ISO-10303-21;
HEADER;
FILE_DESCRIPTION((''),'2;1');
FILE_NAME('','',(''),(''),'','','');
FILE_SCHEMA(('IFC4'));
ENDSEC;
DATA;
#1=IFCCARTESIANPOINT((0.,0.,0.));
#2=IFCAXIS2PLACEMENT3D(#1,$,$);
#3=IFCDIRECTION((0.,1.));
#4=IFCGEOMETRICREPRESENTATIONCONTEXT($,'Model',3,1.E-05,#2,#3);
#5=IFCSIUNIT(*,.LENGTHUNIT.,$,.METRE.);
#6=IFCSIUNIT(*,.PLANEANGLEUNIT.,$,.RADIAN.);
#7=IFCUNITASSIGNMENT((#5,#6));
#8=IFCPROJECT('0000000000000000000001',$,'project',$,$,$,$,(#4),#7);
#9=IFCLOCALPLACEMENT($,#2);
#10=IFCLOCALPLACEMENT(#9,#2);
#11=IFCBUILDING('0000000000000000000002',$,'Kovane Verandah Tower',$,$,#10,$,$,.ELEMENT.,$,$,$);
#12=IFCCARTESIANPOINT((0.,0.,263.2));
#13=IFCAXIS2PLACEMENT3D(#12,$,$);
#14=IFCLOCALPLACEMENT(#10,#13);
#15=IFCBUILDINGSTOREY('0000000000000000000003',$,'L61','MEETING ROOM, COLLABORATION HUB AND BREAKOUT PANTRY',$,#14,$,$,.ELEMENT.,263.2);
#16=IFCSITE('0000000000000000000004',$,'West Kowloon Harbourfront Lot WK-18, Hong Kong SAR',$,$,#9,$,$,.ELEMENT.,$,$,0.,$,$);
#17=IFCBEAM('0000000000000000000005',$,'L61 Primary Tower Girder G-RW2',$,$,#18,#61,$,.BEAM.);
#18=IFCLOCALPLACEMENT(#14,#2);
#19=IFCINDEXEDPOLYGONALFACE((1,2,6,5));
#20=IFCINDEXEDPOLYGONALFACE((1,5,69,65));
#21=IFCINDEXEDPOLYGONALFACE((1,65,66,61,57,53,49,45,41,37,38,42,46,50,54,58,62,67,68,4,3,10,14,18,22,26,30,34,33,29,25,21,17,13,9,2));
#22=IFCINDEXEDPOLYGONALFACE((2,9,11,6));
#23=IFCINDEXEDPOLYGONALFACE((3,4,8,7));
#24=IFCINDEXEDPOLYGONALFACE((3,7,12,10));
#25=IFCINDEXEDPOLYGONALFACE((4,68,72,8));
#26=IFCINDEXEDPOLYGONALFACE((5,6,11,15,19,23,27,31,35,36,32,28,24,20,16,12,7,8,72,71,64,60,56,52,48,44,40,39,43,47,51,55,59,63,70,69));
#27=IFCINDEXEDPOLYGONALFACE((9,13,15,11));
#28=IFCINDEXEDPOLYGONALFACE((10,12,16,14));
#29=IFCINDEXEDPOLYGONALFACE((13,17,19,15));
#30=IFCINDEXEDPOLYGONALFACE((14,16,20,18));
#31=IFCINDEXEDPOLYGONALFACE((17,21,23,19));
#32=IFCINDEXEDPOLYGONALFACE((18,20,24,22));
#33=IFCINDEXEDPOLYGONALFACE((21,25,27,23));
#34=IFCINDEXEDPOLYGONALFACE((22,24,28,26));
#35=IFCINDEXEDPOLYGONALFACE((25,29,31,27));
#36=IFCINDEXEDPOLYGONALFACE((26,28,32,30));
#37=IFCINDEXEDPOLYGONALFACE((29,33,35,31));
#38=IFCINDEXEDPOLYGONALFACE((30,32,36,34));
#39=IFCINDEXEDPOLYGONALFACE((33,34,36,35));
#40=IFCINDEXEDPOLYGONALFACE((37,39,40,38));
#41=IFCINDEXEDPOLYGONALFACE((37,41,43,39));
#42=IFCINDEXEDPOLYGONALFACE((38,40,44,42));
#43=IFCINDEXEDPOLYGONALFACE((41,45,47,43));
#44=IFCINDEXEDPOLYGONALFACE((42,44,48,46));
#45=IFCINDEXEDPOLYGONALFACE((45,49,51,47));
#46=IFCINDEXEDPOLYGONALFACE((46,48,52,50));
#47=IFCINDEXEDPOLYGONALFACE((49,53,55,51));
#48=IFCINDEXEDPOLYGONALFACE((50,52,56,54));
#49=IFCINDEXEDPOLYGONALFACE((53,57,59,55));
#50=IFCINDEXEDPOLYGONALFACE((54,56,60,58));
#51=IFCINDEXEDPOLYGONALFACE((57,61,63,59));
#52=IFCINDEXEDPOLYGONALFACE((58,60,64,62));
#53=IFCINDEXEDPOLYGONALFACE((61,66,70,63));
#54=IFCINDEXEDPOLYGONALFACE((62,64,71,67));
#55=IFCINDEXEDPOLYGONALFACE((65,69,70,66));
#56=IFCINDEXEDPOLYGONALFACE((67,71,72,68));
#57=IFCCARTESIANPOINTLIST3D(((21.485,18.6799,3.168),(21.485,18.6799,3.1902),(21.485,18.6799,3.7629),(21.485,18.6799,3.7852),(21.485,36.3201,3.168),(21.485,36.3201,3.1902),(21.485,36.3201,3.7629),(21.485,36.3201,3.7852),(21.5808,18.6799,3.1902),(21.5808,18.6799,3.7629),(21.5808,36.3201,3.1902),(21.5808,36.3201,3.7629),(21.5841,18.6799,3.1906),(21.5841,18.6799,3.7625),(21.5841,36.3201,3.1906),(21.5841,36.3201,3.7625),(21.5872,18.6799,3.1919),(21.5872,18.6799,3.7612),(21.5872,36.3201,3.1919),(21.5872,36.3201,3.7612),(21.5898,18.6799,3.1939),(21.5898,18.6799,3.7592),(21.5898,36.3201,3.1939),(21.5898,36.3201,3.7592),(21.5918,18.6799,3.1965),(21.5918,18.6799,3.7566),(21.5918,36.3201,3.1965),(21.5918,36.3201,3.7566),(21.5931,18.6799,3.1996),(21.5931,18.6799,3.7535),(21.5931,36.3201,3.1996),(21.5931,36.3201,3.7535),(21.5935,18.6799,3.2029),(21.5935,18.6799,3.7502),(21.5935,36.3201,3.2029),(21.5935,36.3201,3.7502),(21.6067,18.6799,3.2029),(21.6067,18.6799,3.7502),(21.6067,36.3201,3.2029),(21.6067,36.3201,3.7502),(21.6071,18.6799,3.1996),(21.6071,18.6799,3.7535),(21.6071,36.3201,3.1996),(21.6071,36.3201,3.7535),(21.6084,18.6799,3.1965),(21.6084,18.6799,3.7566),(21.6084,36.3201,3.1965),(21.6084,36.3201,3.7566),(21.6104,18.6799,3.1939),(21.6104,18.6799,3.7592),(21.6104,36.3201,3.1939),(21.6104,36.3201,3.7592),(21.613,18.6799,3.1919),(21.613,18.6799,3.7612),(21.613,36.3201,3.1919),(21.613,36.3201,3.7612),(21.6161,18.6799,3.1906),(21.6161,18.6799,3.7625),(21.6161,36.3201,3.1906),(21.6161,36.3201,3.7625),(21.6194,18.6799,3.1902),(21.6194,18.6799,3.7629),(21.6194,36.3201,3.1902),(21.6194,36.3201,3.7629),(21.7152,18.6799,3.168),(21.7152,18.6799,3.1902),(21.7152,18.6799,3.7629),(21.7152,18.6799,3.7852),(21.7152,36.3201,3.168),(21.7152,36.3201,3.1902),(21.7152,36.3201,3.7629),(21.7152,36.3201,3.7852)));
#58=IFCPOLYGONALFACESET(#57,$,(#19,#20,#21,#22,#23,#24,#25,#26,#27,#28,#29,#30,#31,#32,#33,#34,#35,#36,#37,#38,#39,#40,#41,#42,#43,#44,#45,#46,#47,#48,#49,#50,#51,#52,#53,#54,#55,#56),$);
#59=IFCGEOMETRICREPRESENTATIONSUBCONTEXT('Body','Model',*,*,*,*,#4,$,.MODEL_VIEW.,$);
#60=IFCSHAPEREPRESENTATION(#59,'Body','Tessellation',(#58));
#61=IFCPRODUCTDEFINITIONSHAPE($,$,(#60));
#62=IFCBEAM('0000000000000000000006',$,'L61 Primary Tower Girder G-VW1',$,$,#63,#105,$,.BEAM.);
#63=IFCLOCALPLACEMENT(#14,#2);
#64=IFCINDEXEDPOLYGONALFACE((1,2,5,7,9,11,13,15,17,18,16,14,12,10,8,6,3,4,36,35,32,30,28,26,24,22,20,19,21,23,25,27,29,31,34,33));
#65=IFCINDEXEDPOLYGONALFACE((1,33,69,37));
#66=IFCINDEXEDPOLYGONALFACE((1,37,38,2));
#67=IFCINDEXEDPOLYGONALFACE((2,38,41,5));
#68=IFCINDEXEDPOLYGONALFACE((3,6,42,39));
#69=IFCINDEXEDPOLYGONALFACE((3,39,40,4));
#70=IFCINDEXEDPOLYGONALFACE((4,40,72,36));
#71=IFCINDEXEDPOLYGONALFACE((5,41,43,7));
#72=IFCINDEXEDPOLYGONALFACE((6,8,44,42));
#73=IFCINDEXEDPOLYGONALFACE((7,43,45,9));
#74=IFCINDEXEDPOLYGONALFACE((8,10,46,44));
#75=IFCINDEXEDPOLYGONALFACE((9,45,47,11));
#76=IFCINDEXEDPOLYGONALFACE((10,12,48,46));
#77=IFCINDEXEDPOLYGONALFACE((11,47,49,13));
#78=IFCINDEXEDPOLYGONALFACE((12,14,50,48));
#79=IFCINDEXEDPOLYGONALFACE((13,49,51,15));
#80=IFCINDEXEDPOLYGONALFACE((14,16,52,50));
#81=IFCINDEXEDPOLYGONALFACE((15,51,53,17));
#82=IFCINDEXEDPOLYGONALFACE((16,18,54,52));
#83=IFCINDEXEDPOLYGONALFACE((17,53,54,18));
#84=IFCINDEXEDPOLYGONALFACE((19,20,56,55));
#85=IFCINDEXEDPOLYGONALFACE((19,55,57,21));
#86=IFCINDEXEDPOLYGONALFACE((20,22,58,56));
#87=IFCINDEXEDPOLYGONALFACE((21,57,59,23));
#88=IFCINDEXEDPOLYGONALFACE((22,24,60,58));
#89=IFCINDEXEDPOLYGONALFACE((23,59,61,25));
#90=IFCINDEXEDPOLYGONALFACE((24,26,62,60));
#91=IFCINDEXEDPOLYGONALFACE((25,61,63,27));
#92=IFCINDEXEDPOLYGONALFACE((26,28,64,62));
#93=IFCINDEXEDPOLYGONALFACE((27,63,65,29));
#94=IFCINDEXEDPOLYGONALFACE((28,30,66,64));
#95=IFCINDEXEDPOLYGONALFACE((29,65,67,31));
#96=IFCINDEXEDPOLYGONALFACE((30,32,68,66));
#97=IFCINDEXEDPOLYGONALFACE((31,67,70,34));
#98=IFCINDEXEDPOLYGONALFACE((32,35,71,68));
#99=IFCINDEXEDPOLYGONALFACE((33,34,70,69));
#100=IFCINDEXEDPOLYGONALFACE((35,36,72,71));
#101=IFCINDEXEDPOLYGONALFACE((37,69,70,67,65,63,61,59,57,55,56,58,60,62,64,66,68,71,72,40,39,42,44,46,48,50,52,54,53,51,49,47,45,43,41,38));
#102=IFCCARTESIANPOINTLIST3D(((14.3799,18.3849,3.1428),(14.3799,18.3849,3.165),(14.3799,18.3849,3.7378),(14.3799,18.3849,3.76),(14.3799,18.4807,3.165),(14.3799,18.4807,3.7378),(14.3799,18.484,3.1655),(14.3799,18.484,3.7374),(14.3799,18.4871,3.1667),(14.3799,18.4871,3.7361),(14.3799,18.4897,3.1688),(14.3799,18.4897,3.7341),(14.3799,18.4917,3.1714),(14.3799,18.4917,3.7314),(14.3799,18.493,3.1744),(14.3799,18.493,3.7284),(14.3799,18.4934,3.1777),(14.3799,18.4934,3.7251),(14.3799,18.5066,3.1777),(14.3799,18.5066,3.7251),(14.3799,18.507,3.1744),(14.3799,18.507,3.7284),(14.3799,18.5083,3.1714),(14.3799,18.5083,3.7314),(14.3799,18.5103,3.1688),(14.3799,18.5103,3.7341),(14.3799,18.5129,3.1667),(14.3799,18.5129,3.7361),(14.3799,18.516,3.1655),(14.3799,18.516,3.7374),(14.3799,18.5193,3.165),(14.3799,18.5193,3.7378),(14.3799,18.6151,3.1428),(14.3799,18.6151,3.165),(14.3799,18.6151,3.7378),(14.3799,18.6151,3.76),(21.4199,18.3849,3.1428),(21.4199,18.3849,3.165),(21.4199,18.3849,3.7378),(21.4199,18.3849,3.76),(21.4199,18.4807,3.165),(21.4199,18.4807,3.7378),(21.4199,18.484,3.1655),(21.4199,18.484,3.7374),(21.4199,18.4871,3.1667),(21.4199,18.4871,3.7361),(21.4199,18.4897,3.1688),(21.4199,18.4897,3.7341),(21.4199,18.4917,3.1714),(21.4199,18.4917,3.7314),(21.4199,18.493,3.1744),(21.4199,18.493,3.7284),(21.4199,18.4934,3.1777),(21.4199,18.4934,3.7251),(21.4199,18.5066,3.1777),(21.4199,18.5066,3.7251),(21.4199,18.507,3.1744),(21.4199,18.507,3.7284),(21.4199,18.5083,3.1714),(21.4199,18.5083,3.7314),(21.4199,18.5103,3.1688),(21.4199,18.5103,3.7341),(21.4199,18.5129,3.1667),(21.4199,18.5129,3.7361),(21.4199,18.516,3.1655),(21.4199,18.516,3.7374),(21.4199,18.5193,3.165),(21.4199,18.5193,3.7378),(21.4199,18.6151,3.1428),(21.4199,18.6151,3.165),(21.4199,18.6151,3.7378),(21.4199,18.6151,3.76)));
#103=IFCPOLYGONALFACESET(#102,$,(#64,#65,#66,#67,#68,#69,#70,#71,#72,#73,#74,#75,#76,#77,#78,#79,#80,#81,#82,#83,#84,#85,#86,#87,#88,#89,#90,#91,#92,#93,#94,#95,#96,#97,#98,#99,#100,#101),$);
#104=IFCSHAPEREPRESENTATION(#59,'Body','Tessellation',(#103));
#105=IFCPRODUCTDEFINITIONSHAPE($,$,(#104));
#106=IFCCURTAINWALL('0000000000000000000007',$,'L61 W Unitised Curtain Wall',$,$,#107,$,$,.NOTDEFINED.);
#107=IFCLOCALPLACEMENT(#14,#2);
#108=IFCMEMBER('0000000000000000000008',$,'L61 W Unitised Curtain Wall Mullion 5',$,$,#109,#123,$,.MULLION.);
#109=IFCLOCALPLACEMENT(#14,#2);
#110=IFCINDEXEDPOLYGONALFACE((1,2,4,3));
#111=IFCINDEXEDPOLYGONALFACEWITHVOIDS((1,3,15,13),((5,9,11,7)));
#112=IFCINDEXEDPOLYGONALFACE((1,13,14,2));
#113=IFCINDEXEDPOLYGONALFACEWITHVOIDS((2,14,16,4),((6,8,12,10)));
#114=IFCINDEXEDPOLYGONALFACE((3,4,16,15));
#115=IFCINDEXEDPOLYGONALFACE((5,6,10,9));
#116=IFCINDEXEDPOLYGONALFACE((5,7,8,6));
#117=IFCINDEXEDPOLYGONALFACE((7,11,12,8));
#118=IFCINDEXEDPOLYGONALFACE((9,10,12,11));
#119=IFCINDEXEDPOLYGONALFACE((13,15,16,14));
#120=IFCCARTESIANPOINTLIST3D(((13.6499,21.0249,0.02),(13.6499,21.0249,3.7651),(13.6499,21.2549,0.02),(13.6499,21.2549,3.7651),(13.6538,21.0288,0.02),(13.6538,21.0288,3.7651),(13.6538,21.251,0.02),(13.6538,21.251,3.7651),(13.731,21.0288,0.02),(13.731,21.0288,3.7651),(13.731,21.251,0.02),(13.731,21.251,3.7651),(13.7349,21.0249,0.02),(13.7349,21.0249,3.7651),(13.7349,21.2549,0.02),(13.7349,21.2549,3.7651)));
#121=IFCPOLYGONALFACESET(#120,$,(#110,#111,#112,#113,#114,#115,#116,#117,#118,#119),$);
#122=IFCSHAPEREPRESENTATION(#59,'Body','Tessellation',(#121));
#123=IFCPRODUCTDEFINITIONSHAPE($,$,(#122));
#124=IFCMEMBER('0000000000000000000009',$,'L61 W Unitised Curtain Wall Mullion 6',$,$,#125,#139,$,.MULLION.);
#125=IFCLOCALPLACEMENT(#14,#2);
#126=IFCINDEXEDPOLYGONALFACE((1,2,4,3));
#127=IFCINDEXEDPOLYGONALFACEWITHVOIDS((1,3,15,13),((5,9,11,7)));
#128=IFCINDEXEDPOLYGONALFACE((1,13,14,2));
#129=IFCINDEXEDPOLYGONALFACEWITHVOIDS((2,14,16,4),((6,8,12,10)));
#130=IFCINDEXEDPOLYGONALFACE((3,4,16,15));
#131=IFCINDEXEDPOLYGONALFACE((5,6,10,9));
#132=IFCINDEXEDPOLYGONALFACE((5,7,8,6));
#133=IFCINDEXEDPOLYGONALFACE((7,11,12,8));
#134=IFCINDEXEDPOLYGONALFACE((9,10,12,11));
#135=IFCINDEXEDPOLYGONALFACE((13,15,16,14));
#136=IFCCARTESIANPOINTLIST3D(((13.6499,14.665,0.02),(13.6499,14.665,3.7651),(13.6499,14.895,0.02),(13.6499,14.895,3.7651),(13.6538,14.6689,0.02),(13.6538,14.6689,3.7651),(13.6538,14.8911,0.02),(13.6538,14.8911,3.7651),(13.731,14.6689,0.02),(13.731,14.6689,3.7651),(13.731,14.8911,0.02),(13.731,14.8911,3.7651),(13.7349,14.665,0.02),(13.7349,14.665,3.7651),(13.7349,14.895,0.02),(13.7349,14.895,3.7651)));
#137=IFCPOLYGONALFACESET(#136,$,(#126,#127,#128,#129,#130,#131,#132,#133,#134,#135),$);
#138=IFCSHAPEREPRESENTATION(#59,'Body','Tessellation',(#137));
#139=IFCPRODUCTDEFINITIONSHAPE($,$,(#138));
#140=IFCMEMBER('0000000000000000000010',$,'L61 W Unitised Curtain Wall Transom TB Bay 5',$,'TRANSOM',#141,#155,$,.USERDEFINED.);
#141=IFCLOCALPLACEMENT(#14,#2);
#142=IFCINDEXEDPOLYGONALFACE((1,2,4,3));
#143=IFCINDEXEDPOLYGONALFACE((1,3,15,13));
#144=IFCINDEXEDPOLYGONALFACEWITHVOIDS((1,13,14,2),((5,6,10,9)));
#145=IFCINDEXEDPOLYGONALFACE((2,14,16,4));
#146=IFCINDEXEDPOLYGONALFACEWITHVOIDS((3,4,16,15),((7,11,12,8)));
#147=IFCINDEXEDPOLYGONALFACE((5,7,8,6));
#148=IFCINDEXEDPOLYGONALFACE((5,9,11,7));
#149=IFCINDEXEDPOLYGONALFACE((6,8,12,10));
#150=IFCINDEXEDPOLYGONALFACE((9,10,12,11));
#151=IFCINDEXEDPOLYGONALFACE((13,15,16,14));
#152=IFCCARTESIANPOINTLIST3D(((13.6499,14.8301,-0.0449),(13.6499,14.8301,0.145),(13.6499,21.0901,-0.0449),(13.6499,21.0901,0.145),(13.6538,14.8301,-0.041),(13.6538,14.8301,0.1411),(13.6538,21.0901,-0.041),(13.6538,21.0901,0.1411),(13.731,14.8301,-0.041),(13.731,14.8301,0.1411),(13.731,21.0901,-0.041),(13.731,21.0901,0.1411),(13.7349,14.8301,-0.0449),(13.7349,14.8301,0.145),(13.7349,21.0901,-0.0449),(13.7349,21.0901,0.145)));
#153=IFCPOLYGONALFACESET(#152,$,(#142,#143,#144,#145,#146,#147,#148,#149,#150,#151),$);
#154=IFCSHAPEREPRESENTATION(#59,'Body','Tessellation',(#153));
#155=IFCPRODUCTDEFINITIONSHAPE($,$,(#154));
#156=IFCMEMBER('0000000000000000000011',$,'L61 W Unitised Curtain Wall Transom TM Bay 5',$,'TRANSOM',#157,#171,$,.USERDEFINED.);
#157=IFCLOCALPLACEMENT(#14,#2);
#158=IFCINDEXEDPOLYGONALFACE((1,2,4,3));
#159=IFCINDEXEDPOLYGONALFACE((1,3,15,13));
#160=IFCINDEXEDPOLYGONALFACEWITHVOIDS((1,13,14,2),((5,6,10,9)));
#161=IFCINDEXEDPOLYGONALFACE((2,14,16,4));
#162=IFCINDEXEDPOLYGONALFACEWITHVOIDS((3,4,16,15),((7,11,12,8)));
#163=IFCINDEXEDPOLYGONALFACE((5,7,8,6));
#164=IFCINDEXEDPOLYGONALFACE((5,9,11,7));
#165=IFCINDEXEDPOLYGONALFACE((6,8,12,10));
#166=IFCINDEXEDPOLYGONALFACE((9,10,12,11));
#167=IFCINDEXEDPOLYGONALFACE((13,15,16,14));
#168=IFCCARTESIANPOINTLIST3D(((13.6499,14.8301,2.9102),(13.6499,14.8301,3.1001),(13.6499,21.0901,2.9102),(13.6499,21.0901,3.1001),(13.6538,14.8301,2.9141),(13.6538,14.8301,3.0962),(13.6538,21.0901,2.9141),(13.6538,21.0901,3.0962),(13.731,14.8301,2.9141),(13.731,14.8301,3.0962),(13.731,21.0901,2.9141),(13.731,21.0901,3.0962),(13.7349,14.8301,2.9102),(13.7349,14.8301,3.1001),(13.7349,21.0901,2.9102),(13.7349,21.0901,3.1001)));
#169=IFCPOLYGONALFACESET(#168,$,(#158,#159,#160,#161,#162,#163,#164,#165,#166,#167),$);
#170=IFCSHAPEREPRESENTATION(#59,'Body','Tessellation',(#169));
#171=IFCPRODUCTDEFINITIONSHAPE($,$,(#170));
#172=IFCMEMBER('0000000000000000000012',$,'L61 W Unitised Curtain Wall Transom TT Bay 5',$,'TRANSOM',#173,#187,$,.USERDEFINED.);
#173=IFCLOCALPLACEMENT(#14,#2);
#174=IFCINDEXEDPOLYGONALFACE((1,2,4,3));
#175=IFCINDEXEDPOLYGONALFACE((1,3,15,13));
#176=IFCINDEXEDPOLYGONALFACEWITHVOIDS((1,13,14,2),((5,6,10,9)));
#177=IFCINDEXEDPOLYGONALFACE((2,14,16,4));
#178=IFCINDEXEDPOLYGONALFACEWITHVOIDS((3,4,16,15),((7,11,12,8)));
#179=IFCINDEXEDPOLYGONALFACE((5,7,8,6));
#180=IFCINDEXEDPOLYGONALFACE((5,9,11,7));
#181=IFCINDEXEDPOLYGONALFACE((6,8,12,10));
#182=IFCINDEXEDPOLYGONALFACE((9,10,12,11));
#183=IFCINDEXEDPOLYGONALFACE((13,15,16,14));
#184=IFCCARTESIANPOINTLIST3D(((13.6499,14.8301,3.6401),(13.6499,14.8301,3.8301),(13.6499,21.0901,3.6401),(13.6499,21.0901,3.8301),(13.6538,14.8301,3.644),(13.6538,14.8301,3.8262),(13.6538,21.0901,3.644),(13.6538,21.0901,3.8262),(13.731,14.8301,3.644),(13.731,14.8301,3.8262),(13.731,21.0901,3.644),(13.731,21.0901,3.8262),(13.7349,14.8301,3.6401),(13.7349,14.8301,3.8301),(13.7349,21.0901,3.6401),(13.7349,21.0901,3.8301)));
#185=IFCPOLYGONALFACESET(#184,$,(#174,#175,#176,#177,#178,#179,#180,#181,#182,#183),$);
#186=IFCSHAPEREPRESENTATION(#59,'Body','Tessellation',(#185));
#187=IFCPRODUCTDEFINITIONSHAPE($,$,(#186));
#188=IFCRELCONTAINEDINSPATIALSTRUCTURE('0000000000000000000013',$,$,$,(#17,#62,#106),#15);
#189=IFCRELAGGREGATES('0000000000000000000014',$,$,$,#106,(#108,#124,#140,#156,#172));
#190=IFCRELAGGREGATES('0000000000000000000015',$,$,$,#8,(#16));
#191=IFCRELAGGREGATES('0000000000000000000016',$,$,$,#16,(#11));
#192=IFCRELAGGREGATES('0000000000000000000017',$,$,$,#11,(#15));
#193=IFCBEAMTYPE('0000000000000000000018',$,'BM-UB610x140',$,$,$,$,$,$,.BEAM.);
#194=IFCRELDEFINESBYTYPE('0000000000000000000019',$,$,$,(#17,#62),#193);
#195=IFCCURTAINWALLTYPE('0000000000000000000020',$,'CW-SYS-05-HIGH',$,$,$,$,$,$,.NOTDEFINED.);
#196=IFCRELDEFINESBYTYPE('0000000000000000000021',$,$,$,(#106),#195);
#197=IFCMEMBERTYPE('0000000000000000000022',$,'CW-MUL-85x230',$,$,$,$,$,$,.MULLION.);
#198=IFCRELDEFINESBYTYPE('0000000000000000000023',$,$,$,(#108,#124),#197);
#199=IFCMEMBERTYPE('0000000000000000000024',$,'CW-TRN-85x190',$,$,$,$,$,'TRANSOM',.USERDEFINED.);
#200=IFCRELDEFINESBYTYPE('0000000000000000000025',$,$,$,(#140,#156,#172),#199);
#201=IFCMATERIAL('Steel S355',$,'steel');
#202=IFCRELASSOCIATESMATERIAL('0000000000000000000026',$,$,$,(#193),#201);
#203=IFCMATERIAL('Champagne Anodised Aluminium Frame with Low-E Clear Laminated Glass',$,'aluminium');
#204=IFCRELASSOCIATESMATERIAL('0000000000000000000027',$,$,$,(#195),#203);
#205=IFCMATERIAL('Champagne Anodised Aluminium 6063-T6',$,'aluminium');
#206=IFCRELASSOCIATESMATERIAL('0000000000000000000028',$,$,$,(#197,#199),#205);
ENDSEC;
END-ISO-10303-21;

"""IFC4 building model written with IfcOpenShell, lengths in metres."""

from ifc_helpers import new_model, si_unit, direction, frame, origin, origin_2d, place, context, subcontext, project, spatial, hollow_rectangle, i_section, extrude, material, material_profile, profile_set, type_object, element, aggregate, save


model = new_model("IFC4")

# Units and contexts
model_context = context("Model", 3, precision=1e-05, world=origin(), true_north=direction((0.0, 1.0)))
body_context = subcontext(model_context, "Body", "Model", "MODEL_VIEW")
ifc_project = project(units=[si_unit("LENGTHUNIT", "METRE"), si_unit("PLANEANGLEUNIT", "RADIAN")], contexts=[model_context])

# Site, building, storey
site_placement = place(None, origin())
site = spatial("IfcSite", under=ifc_project, at=site_placement, Name="West Kowloon Harbourfront Lot WK-18, Hong Kong SAR", CompositionType="ELEMENT", RefElevation=0.0)
building_placement = place(site_placement, origin())
building = spatial("IfcBuilding", under=site, at=building_placement, Name="Kovane Verandah Tower", CompositionType="ELEMENT")
storey_placement = place(building_placement, frame((0.0, 0.0, 263.2)))
storey = spatial("IfcBuildingStorey", under=building, at=storey_placement, Name="L61", Description="MEETING ROOM, COLLABORATION HUB AND BREAKOUT PANTRY", CompositionType="ELEMENT", Elevation=263.2)

# Beams
ifc_material_1 = material(Name="Steel S355", Category="steel")
ifc_material_profile_1 = material_profile(ifc_material_1, i_section(OverallWidth=0.2302, OverallDepth=0.6172, WebThickness=0.0132, FlangeThickness=0.0222, FilletRadius=0.0127, at=origin_2d()), Name="UB610x229x140")
ifc_profile_set_1 = profile_set([ifc_material_profile_1], Name="Steel S355")
beam_type = type_object("IfcBeamType", Name="BM-UB610x140", PredefinedType="BEAM", material=ifc_profile_set_1)
beam_1_placement = place(storey_placement, frame((21.6001, 18.6799, 3.4766), z_axis=(0.0, 1.0, 0.0), x_axis=(-1.0, 0.0, 0.0)))
element("IfcBeam", 1, at=beam_1_placement, inside=storey, type_object=beam_type, Name="L61 Primary Tower Girder G-RW2", PredefinedType="BEAM", context=body_context, shape_type="SweptSolid", body=[
    extrude(i_section(OverallWidth=0.2302, OverallDepth=0.6172, WebThickness=0.0132, FlangeThickness=0.0222, FilletRadius=0.0127, at=origin_2d()), origin(), (0.0, 0.0, 1.0), 17.6401),
])
beam_2_placement = place(storey_placement, frame((21.4199, 18.5, 3.4514), z_axis=(-1.0, 0.0, 0.0), x_axis=(0.0, -1.0, 0.0)))
element("IfcBeam", 2, at=beam_2_placement, inside=storey, type_object=beam_type, Name="L61 Primary Tower Girder G-VW1", PredefinedType="BEAM", context=body_context, shape_type="SweptSolid", body=[
    extrude(i_section(OverallWidth=0.2302, OverallDepth=0.6172, WebThickness=0.0132, FlangeThickness=0.0222, FilletRadius=0.0127, at=origin_2d()), origin(), (0.0, 0.0, 1.0), 7.04),
])

# Curtain wall, members
ifc_material_2 = material(Name="Champagne Anodised Aluminium Frame with Low-E Clear Laminated Glass", Category="aluminium")
curtain_wall_type = type_object("IfcCurtainWallType", Name="CW-SYS-05-HIGH", PredefinedType="NOTDEFINED", material=ifc_material_2)
curtain_wall_placement = place(storey_placement, origin())
curtain_wall = element("IfcCurtainWall", 3, at=curtain_wall_placement, inside=storey, type_object=curtain_wall_type, Name="L61 W Unitised Curtain Wall", PredefinedType="NOTDEFINED")
ifc_material_3 = material(Name="Champagne Anodised Aluminium 6063-T6", Category="aluminium")
ifc_material_profile_2 = material_profile(ifc_material_3, hollow_rectangle(XDim=0.085, YDim=0.23, WallThickness=0.0039, at=origin_2d()), Name="AL85x230x4")
ifc_profile_set_2 = profile_set([ifc_material_profile_2], Name="Champagne Anodised Aluminium 6063-T6")
member_type_1 = type_object("IfcMemberType", Name="CW-MUL-85x230", PredefinedType="MULLION", material=ifc_profile_set_2)
member_1_placement = place(storey_placement, frame((13.6924, 21.1399, 0.02), z_axis=(0.0, 0.0, 1.0), x_axis=(-1.0, 0.0, 0.0)))
member_1 = element("IfcMember", 4, at=member_1_placement, type_object=member_type_1, Name="L61 W Unitised Curtain Wall Mullion 5", PredefinedType="MULLION", context=body_context, shape_type="SweptSolid", body=[
    extrude(hollow_rectangle(XDim=0.085, YDim=0.23, WallThickness=0.0039, at=origin_2d()), origin(), (0.0, 0.0, 1.0), 3.7451),
])
member_2_placement = place(storey_placement, frame((13.6924, 14.78, 0.02), z_axis=(0.0, 0.0, 1.0), x_axis=(-1.0, 0.0, 0.0)))
member_2 = element("IfcMember", 5, at=member_2_placement, type_object=member_type_1, Name="L61 W Unitised Curtain Wall Mullion 6", PredefinedType="MULLION", context=body_context, shape_type="SweptSolid", body=[
    extrude(hollow_rectangle(XDim=0.085, YDim=0.23, WallThickness=0.0039, at=origin_2d()), origin(), (0.0, 0.0, 1.0), 3.7451),
])
ifc_material_profile_3 = material_profile(ifc_material_3, hollow_rectangle(XDim=0.085, YDim=0.1899, WallThickness=0.0039, at=origin_2d()), Name="AL85x190x4")
ifc_profile_set_3 = profile_set([ifc_material_profile_3], Name="Champagne Anodised Aluminium 6063-T6")
member_type_2 = type_object("IfcMemberType", Name="CW-TRN-85x190", ElementType="TRANSOM", PredefinedType="USERDEFINED", material=ifc_profile_set_3)
member_3_placement = place(storey_placement, frame((13.6924, 21.0901, 0.05), z_axis=(0.0, -1.0, 0.0), x_axis=(1.0, 0.0, 0.0)))
member_3 = element("IfcMember", 6, at=member_3_placement, type_object=member_type_2, Name="L61 W Unitised Curtain Wall Transom TB Bay 5", ObjectType="TRANSOM", PredefinedType="USERDEFINED", context=body_context, shape_type="SweptSolid", body=[
    extrude(hollow_rectangle(XDim=0.085, YDim=0.1899, WallThickness=0.0039, at=origin_2d()), origin(), (0.0, 0.0, 1.0), 6.26),
])
member_4_placement = place(storey_placement, frame((13.6924, 21.0901, 3.0051), z_axis=(0.0, -1.0, 0.0), x_axis=(1.0, 0.0, 0.0)))
member_4 = element("IfcMember", 7, at=member_4_placement, type_object=member_type_2, Name="L61 W Unitised Curtain Wall Transom TM Bay 5", ObjectType="TRANSOM", PredefinedType="USERDEFINED", context=body_context, shape_type="SweptSolid", body=[
    extrude(hollow_rectangle(XDim=0.085, YDim=0.1899, WallThickness=0.0039, at=origin_2d()), origin(), (0.0, 0.0, 1.0), 6.26),
])
member_5_placement = place(storey_placement, frame((13.6924, 21.0901, 3.7351), z_axis=(0.0, -1.0, 0.0), x_axis=(1.0, 0.0, 0.0)))
member_5 = element("IfcMember", 8, at=member_5_placement, type_object=member_type_2, Name="L61 W Unitised Curtain Wall Transom TT Bay 5", ObjectType="TRANSOM", PredefinedType="USERDEFINED", context=body_context, shape_type="SweptSolid", body=[
    extrude(hollow_rectangle(XDim=0.085, YDim=0.1899, WallThickness=0.0039, at=origin_2d()), origin(), (0.0, 0.0, 1.0), 6.26),
])
aggregate(curtain_wall, [member_1, member_2, member_3, member_4, member_5])

save(model, "model.ifc")
